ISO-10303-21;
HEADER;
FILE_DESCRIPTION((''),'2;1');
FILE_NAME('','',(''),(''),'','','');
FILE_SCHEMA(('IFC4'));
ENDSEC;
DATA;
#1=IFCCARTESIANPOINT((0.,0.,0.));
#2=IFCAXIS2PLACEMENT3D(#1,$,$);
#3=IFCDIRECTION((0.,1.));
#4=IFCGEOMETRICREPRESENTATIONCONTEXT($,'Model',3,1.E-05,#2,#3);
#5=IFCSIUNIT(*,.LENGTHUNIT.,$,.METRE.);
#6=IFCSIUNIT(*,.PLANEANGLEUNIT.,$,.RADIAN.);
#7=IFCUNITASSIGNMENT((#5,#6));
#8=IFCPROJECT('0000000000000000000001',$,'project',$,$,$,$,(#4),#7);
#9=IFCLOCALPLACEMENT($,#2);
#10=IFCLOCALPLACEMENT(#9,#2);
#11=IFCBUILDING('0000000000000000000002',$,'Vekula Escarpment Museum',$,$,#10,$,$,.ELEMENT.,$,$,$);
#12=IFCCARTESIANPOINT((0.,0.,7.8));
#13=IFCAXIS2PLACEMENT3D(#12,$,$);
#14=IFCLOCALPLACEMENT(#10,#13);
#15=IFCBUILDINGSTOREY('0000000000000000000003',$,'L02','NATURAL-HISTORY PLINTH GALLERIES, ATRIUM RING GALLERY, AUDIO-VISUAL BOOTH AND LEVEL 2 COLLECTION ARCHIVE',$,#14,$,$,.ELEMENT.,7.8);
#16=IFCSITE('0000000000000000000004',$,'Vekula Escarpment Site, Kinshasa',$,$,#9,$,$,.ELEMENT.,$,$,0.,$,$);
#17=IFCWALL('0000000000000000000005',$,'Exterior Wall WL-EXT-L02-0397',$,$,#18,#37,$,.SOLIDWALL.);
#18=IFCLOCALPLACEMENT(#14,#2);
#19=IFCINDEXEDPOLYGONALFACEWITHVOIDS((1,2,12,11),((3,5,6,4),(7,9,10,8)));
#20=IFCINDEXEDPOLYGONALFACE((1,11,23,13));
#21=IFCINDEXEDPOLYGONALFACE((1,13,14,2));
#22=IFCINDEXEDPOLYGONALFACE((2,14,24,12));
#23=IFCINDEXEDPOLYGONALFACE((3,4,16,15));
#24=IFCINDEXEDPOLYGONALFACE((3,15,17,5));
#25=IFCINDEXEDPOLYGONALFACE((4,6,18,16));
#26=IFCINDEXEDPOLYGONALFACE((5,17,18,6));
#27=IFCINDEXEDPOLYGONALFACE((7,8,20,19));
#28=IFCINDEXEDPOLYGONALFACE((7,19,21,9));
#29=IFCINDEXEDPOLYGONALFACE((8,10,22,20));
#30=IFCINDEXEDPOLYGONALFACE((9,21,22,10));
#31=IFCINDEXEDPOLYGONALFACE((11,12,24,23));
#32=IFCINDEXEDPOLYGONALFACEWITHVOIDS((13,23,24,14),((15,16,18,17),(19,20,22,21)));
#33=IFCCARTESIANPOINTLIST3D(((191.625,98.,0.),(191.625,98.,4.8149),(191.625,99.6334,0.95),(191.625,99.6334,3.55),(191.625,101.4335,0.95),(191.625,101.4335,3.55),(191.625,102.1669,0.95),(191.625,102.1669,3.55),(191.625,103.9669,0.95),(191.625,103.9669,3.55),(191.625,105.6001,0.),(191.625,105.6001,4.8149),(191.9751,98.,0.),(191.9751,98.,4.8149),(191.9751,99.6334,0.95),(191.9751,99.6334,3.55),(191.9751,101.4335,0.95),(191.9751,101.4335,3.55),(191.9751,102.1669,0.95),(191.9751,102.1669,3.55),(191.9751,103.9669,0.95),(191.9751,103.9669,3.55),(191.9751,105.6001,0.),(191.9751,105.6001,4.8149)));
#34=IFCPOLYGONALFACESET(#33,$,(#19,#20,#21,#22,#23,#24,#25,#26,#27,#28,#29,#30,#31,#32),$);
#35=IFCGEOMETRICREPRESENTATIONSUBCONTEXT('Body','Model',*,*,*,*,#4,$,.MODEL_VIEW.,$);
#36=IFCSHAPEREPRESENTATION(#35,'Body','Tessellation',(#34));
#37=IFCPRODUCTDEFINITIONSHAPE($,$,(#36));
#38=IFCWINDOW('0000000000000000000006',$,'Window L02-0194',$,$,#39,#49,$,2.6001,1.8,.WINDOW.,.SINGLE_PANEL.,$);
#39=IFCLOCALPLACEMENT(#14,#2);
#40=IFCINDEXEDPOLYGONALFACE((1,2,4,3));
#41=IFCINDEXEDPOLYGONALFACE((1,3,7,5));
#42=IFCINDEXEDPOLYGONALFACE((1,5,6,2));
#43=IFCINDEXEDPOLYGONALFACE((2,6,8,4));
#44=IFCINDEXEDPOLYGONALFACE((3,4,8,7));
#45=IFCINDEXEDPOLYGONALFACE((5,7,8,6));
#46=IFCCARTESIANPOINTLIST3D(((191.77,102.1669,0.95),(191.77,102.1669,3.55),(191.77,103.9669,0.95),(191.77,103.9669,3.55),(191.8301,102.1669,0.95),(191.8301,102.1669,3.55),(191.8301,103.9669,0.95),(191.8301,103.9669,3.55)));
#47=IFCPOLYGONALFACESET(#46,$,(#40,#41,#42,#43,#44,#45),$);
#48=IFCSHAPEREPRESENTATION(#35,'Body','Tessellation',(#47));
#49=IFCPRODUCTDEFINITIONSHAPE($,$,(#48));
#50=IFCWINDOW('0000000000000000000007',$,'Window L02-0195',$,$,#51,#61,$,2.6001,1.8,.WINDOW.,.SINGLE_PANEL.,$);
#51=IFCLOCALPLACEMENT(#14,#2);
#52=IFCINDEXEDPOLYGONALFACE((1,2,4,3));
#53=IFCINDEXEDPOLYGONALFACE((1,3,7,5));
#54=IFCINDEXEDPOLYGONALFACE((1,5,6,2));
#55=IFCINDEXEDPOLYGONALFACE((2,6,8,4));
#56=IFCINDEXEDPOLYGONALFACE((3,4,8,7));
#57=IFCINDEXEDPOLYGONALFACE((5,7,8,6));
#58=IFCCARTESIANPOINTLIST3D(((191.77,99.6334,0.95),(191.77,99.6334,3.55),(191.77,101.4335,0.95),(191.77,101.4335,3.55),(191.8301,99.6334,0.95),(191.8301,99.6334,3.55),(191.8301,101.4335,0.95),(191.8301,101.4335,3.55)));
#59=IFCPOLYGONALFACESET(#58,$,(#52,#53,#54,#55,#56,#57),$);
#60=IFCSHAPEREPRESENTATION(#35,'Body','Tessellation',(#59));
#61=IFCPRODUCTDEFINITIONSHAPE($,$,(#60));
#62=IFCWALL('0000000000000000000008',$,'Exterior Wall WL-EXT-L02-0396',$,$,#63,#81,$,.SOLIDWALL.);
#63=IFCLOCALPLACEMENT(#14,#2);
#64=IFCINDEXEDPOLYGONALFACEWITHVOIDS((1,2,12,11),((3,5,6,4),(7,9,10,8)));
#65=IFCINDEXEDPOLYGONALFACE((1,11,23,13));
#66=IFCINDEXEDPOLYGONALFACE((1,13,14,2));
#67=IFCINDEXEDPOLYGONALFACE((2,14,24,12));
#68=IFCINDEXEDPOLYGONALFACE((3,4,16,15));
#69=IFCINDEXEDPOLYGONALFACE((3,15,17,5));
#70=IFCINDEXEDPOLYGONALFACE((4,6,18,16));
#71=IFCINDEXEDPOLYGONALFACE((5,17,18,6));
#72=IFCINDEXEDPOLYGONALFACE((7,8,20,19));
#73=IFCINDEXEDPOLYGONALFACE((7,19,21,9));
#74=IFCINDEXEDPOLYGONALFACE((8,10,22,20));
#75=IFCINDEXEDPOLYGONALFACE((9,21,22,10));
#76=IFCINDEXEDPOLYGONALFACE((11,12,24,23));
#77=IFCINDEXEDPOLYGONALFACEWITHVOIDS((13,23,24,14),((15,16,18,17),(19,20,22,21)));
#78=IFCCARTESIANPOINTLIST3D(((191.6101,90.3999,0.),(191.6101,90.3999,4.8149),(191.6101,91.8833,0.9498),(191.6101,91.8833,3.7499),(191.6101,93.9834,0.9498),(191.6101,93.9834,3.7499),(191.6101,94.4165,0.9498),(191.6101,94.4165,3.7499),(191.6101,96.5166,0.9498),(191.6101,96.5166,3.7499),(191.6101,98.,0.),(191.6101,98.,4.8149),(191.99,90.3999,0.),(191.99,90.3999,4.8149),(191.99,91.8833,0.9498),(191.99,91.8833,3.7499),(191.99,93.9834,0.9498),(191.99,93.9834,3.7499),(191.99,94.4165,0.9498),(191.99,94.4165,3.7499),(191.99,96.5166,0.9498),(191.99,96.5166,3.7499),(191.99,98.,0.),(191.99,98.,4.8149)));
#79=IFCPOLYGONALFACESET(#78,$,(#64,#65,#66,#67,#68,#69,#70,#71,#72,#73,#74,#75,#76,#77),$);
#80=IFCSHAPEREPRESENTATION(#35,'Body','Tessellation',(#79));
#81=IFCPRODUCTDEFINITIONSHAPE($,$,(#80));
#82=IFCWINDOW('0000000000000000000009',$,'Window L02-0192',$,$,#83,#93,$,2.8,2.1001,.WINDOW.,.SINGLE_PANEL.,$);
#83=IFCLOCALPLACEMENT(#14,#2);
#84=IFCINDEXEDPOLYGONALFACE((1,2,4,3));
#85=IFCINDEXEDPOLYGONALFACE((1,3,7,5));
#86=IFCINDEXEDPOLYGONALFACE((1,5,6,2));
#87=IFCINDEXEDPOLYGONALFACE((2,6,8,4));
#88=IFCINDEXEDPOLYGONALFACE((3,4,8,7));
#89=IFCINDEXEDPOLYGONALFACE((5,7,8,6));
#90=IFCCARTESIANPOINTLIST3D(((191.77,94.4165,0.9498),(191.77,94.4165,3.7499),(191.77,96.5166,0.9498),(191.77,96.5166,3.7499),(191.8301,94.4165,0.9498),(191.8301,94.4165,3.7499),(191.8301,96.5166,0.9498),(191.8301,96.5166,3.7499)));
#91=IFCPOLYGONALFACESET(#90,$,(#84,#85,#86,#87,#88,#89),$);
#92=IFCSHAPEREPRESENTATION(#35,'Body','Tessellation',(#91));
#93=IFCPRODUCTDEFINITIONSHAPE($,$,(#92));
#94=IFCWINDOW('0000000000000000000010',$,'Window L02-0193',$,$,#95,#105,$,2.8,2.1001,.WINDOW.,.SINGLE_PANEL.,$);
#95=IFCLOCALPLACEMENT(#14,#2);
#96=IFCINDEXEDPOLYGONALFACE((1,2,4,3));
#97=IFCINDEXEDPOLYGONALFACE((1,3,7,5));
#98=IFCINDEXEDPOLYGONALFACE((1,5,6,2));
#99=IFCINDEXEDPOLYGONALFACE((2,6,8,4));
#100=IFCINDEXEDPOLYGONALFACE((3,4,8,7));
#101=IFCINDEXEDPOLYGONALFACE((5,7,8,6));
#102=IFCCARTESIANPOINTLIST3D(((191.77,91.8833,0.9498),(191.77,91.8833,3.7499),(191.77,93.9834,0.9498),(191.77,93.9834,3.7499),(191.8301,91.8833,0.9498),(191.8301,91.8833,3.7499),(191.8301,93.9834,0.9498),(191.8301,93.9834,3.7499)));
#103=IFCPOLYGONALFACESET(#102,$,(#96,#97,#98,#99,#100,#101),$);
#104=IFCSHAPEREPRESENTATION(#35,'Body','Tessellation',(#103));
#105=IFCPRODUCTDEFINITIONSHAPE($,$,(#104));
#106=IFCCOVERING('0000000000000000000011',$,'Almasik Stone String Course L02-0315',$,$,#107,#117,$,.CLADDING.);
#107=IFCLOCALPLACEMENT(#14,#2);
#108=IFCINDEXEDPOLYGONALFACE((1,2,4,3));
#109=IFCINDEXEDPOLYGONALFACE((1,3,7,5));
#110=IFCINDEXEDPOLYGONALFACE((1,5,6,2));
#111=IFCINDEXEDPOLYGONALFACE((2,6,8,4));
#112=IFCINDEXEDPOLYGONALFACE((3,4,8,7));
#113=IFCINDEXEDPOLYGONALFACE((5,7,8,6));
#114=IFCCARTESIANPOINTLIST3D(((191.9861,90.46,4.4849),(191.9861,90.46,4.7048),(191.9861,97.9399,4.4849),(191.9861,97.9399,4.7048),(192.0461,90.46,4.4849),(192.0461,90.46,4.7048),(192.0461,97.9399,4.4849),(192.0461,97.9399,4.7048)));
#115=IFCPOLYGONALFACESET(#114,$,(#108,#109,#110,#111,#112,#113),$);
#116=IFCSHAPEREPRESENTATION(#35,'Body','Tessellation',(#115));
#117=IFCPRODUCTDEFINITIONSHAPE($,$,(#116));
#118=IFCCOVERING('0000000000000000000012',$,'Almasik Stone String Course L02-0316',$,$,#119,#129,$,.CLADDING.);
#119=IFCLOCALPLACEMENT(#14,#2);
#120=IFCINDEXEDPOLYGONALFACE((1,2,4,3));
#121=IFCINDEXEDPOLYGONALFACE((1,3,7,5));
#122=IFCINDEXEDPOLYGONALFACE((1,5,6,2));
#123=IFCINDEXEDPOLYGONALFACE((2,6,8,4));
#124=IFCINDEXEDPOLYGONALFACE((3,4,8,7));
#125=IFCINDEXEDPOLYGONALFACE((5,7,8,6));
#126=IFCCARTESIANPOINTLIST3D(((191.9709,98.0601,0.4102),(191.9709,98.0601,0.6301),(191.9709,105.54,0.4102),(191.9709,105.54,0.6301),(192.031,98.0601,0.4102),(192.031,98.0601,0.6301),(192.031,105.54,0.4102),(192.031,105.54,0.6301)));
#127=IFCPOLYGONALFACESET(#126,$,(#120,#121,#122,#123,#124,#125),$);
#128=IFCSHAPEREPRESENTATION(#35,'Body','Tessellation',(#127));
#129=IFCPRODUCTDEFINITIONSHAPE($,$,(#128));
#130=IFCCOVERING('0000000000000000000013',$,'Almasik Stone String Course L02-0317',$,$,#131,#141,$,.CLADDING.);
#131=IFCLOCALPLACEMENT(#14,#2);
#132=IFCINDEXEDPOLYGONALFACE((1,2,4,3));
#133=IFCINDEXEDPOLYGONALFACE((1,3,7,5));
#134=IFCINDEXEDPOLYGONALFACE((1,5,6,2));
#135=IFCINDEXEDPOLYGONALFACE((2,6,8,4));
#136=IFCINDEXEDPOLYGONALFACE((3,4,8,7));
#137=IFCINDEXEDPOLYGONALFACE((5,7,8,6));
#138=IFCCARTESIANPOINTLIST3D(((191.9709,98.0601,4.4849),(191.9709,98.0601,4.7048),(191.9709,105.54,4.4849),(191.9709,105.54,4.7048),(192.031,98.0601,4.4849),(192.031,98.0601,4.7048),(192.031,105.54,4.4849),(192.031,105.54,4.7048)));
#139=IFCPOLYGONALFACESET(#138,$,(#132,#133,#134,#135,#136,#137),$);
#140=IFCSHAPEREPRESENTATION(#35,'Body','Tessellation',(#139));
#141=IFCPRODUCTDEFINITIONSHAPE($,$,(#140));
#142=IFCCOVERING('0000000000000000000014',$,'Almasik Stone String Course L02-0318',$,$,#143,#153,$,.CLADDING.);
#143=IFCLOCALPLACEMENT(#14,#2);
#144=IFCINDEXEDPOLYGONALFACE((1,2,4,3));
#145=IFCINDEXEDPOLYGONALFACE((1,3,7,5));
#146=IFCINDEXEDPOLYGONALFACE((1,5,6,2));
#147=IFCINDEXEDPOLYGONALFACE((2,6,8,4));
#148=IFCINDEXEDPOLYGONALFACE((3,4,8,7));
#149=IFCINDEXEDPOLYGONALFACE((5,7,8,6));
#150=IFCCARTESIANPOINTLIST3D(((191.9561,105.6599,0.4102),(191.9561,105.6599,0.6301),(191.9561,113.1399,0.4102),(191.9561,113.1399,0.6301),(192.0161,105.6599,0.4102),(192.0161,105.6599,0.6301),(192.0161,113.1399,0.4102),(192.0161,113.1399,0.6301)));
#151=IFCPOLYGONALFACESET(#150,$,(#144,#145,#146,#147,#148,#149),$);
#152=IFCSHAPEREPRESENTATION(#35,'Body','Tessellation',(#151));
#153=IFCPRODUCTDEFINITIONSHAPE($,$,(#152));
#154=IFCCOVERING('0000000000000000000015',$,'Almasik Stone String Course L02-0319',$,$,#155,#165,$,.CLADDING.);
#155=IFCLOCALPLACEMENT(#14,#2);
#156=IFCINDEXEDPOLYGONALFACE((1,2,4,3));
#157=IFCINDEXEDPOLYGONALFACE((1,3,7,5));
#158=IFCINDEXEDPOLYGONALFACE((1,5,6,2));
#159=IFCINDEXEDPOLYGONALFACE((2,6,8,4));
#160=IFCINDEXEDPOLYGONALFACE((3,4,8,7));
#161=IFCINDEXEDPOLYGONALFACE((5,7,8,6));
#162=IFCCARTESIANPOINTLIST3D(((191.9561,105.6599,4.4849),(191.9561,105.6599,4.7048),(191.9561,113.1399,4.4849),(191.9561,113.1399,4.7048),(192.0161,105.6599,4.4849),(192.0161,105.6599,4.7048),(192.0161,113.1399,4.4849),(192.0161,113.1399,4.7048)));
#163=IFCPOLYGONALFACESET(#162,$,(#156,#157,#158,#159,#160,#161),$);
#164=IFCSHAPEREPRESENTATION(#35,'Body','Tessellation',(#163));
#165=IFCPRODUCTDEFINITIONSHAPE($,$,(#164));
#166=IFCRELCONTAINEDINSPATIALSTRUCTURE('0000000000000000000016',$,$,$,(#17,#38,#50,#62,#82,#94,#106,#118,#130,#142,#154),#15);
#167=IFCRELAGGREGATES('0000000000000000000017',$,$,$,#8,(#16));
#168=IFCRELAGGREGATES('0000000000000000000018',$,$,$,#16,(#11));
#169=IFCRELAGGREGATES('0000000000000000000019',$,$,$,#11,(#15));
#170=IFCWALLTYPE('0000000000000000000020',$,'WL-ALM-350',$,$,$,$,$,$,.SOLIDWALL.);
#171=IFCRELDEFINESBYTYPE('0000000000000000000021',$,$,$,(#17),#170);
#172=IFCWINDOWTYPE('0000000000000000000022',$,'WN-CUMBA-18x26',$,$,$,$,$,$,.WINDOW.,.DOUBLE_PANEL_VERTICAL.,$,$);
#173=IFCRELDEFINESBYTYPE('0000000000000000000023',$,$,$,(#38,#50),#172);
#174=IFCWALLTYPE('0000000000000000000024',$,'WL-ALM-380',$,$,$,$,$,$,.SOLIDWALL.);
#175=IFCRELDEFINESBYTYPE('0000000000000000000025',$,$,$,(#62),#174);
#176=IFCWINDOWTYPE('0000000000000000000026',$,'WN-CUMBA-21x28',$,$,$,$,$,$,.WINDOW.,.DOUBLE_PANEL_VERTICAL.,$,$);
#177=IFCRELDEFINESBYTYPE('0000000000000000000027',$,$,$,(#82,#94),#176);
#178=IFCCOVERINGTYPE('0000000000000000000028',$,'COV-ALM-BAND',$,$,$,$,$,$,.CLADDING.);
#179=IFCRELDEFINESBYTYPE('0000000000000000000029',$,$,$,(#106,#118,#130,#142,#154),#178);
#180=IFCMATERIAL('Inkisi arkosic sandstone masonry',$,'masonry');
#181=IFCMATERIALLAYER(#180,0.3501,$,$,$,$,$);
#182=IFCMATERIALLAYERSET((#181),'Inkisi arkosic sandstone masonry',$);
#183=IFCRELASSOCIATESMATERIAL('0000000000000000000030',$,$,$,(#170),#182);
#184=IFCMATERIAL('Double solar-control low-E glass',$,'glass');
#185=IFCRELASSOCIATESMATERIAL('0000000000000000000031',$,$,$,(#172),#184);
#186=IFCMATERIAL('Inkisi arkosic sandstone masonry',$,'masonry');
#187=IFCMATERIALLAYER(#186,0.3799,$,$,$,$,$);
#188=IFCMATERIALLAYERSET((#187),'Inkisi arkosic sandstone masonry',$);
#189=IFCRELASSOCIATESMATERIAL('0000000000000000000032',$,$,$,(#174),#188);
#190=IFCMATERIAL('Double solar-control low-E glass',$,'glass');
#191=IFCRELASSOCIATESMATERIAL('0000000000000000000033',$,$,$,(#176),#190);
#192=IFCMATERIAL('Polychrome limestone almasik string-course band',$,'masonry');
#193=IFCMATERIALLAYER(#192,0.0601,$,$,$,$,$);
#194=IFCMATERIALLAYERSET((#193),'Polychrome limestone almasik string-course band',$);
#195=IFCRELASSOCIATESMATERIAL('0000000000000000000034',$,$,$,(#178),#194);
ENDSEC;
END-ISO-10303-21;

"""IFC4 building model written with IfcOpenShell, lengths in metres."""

from ifc_helpers import new_model, si_unit, direction, frame, frame_2d, origin, origin_2d, place, context, subcontext, project, spatial, rectangle, extrude, material, layer, layer_set, type_object, element, fill, save


model = new_model("IFC4")

# Units and contexts
model_context = context("Model", 3, precision=1e-05, world=origin(), true_north=direction((0.0, 1.0)))
body_context = subcontext(model_context, "Body", "Model", "MODEL_VIEW")
ifc_project = project(units=[si_unit("LENGTHUNIT", "METRE"), si_unit("PLANEANGLEUNIT", "RADIAN")], contexts=[model_context])

# Site, building, storey
site_placement = place(None, origin())
site = spatial("IfcSite", under=ifc_project, at=site_placement, Name="Vekula Escarpment Site, Kinshasa", CompositionType="ELEMENT", RefElevation=0.0)
building_placement = place(site_placement, origin())
building = spatial("IfcBuilding", under=site, at=building_placement, Name="Vekula Escarpment Museum", CompositionType="ELEMENT")
storey_placement = place(building_placement, frame((0.0, 0.0, 7.8)))
storey = spatial("IfcBuildingStorey", under=building, at=storey_placement, Name="L02", Description="NATURAL-HISTORY PLINTH GALLERIES, ATRIUM RING GALLERY, AUDIO-VISUAL BOOTH AND LEVEL 2 COLLECTION ARCHIVE", CompositionType="ELEMENT", Elevation=7.8)

# Walls, openings, windows
ifc_material_1 = material(Name="Inkisi arkosic sandstone masonry", Category="masonry")
ifc_layer_1 = layer(ifc_material_1, 0.3501)
ifc_layer_set_1 = layer_set([ifc_layer_1], Name="Inkisi arkosic sandstone masonry")
wall_type_1 = type_object("IfcWallType", Name="WL-ALM-350", PredefinedType="SOLIDWALL", material=ifc_layer_set_1)
wall_1_placement = place(storey_placement, frame((191.8, 105.6001, 0.0), z_axis=(0.0, 0.0, 1.0), x_axis=(0.0, -1.0, 0.0)))
wall_1 = element("IfcWall", 1, at=wall_1_placement, inside=storey, type_object=wall_type_1, Name="Exterior Wall WL-EXT-L02-0397", PredefinedType="SOLIDWALL", context=body_context, shape_type="SweptSolid", body=[
    extrude(rectangle(XDim=7.6001, YDim=0.3501, at=frame_2d((3.8, 0.0))), origin(), (0.0, 0.0, 1.0), 4.8149),
])
opening_1_placement = place(wall_1_placement, frame((1.6333, 0.0, 0.95)))
opening_1 = element("IfcOpeningElement", 2, at=opening_1_placement, cuts=wall_1, PredefinedType="OPENING", context=body_context, shape_type="SweptSolid", body=[
    extrude(rectangle(XDim=1.8, YDim=2.6001, at=frame_2d((0.8999, 1.3))), frame((0.0, 0.1851, 0.0), z_axis=(0.0, -1.0, 0.0), x_axis=(1.0, 0.0, 0.0)), (0.0, 0.0, 1.0), 0.3701),
])
opening_2_placement = place(wall_1_placement, frame((4.1667, 0.0, 0.95)))
opening_2 = element("IfcOpeningElement", 3, at=opening_2_placement, cuts=wall_1, PredefinedType="OPENING", context=body_context, shape_type="SweptSolid", body=[
    extrude(rectangle(XDim=1.8, YDim=2.6001, at=frame_2d((0.8999, 1.3))), frame((0.0, 0.1851, 0.0), z_axis=(0.0, -1.0, 0.0), x_axis=(1.0, 0.0, 0.0)), (0.0, 0.0, 1.0), 0.3701),
])
ifc_material_2 = material(Name="Double solar-control low-E glass", Category="glass")
window_type_1 = type_object("IfcWindowType", Name="WN-CUMBA-18x26", PartitioningType="DOUBLE_PANEL_VERTICAL", PredefinedType="WINDOW", material=ifc_material_2)
window_1_placement = place(opening_1_placement, origin())
window_1 = element("IfcWindow", 4, at=window_1_placement, inside=storey, type_object=window_type_1, Name="Window L02-0194", OverallHeight=2.6001, OverallWidth=1.8, PartitioningType="SINGLE_PANEL", PredefinedType="WINDOW", context=body_context, shape_type="SweptSolid", body=[
    extrude(rectangle(XDim=1.8, YDim=2.6001, at=frame_2d((0.8999, 1.3))), frame((0.0, 0.03, 0.0), z_axis=(0.0, -1.0, 0.0), x_axis=(1.0, 0.0, 0.0)), (0.0, 0.0, 1.0), 0.0601),
])
fill(opening_1, window_1)
window_2_placement = place(opening_2_placement, origin())
window_2 = element("IfcWindow", 5, at=window_2_placement, inside=storey, type_object=window_type_1, Name="Window L02-0195", OverallHeight=2.6001, OverallWidth=1.8, PartitioningType="SINGLE_PANEL", PredefinedType="WINDOW", context=body_context, shape_type="SweptSolid", body=[
    extrude(rectangle(XDim=1.8, YDim=2.6001, at=frame_2d((0.8999, 1.3))), frame((0.0, 0.03, 0.0), z_axis=(0.0, -1.0, 0.0), x_axis=(1.0, 0.0, 0.0)), (0.0, 0.0, 1.0), 0.0601),
])
fill(opening_2, window_2)
ifc_material_3 = material(Name="Inkisi arkosic sandstone masonry", Category="masonry")
ifc_layer_2 = layer(ifc_material_3, 0.3799)
ifc_layer_set_2 = layer_set([ifc_layer_2], Name="Inkisi arkosic sandstone masonry")
wall_type_2 = type_object("IfcWallType", Name="WL-ALM-380", PredefinedType="SOLIDWALL", material=ifc_layer_set_2)
wall_2_placement = place(storey_placement, frame((191.8, 98.0, 0.0), z_axis=(0.0, 0.0, 1.0), x_axis=(0.0, -1.0, 0.0)))
wall_2 = element("IfcWall", 6, at=wall_2_placement, inside=storey, type_object=wall_type_2, Name="Exterior Wall WL-EXT-L02-0396", PredefinedType="SOLIDWALL", context=body_context, shape_type="SweptSolid", body=[
    extrude(rectangle(XDim=7.6001, YDim=0.3799, at=frame_2d((3.8, 0.0))), origin(), (0.0, 0.0, 1.0), 4.8149),
])
opening_3_placement = place(wall_2_placement, frame((1.4834, 0.0, 0.95)))
opening_3 = element("IfcOpeningElement", 7, at=opening_3_placement, cuts=wall_2, PredefinedType="OPENING", context=body_context, shape_type="SweptSolid", body=[
    extrude(rectangle(XDim=2.1001, YDim=2.8, at=frame_2d((1.05, 1.3999))), frame((0.0, 0.2, 0.0), z_axis=(0.0, -1.0, 0.0), x_axis=(1.0, 0.0, 0.0)), (0.0, 0.0, 1.0), 0.3999),
])
opening_4_placement = place(wall_2_placement, frame((4.0166, 0.0, 0.95)))
opening_4 = element("IfcOpeningElement", 8, at=opening_4_placement, cuts=wall_2, PredefinedType="OPENING", context=body_context, shape_type="SweptSolid", body=[
    extrude(rectangle(XDim=2.1001, YDim=2.8, at=frame_2d((1.05, 1.3999))), frame((0.0, 0.2, 0.0), z_axis=(0.0, -1.0, 0.0), x_axis=(1.0, 0.0, 0.0)), (0.0, 0.0, 1.0), 0.3999),
])
ifc_material_4 = material(Name="Double solar-control low-E glass", Category="glass")
window_type_2 = type_object("IfcWindowType", Name="WN-CUMBA-21x28", PartitioningType="DOUBLE_PANEL_VERTICAL", PredefinedType="WINDOW", material=ifc_material_4)
window_3_placement = place(opening_3_placement, origin())
window_3 = element("IfcWindow", 9, at=window_3_placement, inside=storey, type_object=window_type_2, Name="Window L02-0192", OverallHeight=2.8, OverallWidth=2.1001, PartitioningType="SINGLE_PANEL", PredefinedType="WINDOW", context=body_context, shape_type="SweptSolid", body=[
    extrude(rectangle(XDim=2.1001, YDim=2.8, at=frame_2d((1.05, 1.3999))), frame((0.0, 0.03, 0.0), z_axis=(0.0, -1.0, 0.0), x_axis=(1.0, 0.0, 0.0)), (0.0, 0.0, 1.0), 0.0601),
])
fill(opening_3, window_3)
window_4_placement = place(opening_4_placement, origin())
window_4 = element("IfcWindow", 10, at=window_4_placement, inside=storey, type_object=window_type_2, Name="Window L02-0193", OverallHeight=2.8, OverallWidth=2.1001, PartitioningType="SINGLE_PANEL", PredefinedType="WINDOW", context=body_context, shape_type="SweptSolid", body=[
    extrude(rectangle(XDim=2.1001, YDim=2.8, at=frame_2d((1.05, 1.3999))), frame((0.0, 0.03, 0.0), z_axis=(0.0, -1.0, 0.0), x_axis=(1.0, 0.0, 0.0)), (0.0, 0.0, 1.0), 0.0601),
])
fill(opening_4, window_4)

# Coverings
ifc_material_5 = material(Name="Polychrome limestone almasik string-course band", Category="masonry")
ifc_layer_3 = layer(ifc_material_5, 0.0601)
ifc_layer_set_3 = layer_set([ifc_layer_3], Name="Polychrome limestone almasik string-course band")
covering_type = type_object("IfcCoveringType", Name="COV-ALM-BAND", PredefinedType="CLADDING", material=ifc_layer_set_3)
for number, where, z_axis, x_axis, name in (
    (11, (192.0161, 94.2, 4.4849), (0.0, 0.0, 1.0), (0.0, 1.0, 0.0), "Almasik Stone String Course L02-0315"),
    (12, (192.001, 101.8, 0.4102), (0.0, 0.0, 1.0), (0.0, 1.0, 0.0), "Almasik Stone String Course L02-0316"),
    (13, (192.001, 101.8, 4.4849), (0.0, 0.0, 1.0), (0.0, 1.0, 0.0), "Almasik Stone String Course L02-0317"),
    (14, (191.9861, 109.3999, 0.4102), (0.0, 0.0, 1.0), (0.0, 1.0, 0.0), "Almasik Stone String Course L02-0318"),
    (15, (191.9861, 109.3999, 4.4849), (0.0, 0.0, 1.0), (0.0, 1.0, 0.0), "Almasik Stone String Course L02-0319"),
):
    element("IfcCovering", number, at=place(storey_placement, frame(where, z_axis=z_axis, x_axis=x_axis)), inside=storey, type_object=covering_type, Name=name, PredefinedType="CLADDING", context=body_context, shape_type="SweptSolid", body=[
        extrude(rectangle(XDim=7.48, YDim=0.0601, at=origin_2d()), origin(), (0.0, 0.0, 1.0), 0.22),
    ])

save(model, "model.ifc")
